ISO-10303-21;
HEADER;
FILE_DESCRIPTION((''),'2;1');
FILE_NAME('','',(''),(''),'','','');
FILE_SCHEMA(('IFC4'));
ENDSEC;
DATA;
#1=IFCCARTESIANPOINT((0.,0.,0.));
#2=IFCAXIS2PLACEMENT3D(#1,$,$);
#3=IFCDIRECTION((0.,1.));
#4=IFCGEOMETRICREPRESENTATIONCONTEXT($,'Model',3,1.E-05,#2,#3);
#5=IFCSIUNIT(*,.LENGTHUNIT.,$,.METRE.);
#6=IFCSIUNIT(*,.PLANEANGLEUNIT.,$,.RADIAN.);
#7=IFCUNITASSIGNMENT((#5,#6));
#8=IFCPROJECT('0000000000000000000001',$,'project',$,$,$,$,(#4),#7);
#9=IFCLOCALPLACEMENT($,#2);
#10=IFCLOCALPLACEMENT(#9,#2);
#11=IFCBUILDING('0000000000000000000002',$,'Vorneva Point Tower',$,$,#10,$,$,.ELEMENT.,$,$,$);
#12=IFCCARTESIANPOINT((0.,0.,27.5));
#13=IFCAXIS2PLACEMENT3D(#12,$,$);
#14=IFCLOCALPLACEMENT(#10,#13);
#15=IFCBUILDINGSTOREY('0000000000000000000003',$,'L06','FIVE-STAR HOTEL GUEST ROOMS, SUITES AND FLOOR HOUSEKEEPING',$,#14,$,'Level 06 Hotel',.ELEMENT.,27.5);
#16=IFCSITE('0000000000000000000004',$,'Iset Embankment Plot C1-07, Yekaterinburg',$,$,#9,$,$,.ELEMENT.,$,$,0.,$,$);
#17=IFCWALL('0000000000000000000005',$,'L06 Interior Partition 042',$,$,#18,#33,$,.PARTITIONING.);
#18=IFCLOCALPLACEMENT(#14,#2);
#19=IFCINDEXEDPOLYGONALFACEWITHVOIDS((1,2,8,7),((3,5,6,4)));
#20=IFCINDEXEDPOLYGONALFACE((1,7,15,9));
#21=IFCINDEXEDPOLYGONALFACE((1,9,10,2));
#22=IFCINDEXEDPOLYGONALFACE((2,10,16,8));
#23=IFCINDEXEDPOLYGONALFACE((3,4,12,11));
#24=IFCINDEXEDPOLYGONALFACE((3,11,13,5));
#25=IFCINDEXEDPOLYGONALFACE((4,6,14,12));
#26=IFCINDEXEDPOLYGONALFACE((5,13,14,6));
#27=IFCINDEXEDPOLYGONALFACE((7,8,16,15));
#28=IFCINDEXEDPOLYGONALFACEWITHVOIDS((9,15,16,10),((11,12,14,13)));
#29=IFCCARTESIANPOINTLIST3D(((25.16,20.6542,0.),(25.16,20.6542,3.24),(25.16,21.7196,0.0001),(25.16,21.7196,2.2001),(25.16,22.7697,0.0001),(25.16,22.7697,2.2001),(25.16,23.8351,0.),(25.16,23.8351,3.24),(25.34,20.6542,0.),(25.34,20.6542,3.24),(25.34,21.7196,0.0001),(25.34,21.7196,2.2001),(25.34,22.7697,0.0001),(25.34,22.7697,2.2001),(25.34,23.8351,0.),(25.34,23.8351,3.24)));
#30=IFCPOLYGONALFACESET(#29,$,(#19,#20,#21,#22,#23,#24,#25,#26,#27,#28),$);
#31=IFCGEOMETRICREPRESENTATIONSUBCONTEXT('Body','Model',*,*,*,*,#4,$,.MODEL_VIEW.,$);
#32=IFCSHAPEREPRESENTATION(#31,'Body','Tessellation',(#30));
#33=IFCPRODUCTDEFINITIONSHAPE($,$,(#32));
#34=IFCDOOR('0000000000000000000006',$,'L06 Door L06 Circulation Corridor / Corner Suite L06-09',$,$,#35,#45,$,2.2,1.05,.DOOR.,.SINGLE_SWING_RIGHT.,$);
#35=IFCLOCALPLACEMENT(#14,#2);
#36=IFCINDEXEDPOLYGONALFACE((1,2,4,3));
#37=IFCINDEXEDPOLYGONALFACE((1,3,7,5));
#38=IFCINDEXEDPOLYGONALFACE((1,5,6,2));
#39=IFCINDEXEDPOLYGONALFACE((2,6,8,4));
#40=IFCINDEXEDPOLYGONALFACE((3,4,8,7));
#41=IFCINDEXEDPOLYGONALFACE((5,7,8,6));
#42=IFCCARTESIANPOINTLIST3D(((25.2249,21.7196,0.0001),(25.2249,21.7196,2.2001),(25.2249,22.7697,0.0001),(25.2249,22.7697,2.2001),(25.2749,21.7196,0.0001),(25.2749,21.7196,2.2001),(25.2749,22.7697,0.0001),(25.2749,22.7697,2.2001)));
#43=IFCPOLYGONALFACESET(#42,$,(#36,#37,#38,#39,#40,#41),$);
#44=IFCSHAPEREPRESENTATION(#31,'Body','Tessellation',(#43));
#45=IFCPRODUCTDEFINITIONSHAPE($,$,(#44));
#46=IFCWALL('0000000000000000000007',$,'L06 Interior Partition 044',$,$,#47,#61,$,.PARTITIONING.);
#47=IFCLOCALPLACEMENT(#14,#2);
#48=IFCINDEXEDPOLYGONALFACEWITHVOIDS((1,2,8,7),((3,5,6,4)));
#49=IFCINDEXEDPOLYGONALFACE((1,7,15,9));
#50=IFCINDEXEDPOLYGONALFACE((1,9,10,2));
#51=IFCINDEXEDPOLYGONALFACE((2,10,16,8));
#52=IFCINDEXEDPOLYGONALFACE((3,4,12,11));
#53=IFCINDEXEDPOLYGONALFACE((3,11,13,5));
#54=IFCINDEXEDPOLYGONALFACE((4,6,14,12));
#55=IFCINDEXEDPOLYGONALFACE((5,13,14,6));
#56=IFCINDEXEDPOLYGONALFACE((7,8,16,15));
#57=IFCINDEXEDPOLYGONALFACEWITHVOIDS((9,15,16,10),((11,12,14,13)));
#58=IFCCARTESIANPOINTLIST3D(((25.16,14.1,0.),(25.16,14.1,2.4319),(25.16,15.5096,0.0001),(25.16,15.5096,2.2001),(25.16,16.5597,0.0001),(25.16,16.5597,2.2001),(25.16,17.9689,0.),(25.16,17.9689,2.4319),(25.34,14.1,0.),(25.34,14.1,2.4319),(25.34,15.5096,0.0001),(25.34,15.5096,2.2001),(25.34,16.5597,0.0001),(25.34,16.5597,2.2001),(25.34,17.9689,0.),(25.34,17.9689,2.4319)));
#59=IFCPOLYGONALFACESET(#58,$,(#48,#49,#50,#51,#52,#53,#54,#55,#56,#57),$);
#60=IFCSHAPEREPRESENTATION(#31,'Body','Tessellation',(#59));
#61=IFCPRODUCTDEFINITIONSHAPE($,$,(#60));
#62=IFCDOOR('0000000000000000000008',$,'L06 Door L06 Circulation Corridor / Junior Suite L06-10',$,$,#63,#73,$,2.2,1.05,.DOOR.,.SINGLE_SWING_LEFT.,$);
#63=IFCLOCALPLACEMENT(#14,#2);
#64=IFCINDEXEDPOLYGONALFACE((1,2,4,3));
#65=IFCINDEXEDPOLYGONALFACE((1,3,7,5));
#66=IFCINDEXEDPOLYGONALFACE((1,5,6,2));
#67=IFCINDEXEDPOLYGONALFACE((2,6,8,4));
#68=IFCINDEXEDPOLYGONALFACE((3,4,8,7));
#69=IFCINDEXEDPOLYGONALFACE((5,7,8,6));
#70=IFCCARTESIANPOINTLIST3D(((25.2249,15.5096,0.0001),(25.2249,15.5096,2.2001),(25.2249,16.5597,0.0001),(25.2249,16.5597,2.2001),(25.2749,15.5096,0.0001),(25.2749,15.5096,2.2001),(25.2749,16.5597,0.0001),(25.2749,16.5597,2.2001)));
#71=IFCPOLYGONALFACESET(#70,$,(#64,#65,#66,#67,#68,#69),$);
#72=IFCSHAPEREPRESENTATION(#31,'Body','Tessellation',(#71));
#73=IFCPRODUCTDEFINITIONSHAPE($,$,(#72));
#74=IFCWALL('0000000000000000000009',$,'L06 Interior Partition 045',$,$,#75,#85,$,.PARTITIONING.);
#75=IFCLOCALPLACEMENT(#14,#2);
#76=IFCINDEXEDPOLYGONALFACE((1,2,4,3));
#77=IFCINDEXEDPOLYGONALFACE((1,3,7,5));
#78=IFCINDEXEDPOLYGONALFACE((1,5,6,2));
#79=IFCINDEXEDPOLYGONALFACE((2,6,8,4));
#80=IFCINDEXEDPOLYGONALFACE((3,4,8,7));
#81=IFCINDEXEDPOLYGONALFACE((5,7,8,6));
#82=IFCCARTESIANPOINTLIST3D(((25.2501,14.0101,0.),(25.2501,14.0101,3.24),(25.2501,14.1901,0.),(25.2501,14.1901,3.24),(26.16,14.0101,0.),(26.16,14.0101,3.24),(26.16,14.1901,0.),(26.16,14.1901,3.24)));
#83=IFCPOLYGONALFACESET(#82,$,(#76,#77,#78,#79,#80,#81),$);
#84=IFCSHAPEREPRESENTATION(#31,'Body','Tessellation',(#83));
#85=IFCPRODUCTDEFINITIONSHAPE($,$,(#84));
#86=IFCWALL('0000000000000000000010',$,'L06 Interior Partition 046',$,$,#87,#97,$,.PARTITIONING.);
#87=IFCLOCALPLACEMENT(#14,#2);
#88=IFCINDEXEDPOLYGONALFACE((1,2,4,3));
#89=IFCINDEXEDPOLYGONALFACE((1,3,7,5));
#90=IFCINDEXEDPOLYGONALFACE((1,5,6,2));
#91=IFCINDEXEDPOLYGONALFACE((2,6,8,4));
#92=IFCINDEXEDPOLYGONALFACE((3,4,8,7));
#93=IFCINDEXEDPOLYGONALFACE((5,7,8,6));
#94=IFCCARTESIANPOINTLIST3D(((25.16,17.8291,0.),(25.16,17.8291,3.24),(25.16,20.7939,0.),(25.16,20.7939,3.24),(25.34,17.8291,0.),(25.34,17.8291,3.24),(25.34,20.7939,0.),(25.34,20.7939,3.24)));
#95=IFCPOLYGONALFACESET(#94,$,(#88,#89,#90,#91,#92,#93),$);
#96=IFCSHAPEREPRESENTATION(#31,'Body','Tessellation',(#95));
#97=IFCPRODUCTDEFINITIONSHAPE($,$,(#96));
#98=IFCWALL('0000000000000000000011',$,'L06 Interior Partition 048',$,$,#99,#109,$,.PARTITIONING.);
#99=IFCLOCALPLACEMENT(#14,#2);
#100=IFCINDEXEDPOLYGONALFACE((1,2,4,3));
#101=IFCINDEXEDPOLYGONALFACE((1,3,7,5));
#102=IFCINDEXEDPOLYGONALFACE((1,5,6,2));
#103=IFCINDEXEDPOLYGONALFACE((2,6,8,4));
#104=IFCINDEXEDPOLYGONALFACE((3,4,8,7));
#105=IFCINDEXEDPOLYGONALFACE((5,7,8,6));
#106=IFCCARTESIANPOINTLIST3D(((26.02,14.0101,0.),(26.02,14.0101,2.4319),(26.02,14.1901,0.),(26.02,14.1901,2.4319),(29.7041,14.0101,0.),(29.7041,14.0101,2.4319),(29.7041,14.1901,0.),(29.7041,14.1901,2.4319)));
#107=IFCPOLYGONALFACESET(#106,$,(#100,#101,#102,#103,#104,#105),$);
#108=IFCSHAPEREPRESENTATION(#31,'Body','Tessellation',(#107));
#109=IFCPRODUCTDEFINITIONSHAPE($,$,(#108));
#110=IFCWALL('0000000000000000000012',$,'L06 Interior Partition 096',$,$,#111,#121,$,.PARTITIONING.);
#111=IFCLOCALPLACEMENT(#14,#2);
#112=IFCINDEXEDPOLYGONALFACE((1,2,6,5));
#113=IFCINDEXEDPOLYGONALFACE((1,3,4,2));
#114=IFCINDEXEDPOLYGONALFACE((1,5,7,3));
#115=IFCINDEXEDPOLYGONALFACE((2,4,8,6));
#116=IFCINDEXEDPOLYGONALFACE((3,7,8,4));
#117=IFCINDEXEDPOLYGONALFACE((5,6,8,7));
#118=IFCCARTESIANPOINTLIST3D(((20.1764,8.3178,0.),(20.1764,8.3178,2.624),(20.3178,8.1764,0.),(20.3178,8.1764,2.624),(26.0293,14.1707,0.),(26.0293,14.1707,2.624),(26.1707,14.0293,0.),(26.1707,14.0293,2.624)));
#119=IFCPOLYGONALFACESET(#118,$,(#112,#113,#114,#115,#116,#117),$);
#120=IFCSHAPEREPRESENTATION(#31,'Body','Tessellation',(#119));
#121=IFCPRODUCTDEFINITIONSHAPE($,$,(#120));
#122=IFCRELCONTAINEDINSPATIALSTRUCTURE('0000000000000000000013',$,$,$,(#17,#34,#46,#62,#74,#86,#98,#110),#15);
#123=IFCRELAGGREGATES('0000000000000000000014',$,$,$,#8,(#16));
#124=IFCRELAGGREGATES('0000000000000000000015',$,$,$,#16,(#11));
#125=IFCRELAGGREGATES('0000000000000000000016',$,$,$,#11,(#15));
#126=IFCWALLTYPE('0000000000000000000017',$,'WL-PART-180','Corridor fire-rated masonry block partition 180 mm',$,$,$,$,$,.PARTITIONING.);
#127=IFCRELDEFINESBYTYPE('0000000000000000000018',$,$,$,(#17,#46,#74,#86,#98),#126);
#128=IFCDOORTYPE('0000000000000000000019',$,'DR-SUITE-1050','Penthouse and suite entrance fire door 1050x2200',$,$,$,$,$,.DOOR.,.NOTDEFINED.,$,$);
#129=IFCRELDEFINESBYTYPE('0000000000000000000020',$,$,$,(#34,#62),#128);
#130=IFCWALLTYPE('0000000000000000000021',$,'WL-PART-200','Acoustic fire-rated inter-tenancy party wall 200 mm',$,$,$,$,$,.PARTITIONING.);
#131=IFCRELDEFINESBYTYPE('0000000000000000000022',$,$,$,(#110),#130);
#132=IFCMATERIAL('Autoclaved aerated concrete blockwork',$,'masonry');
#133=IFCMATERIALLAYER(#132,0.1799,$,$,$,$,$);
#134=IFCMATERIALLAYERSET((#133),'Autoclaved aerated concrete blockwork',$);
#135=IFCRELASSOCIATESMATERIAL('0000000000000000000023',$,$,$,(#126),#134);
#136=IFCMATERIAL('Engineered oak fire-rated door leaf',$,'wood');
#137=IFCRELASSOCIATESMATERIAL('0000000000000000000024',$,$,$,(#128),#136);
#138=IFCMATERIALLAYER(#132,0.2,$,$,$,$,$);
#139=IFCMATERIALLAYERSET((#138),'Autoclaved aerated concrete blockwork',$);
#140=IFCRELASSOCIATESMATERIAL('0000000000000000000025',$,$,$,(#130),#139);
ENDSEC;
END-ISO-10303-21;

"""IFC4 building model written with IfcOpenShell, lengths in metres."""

from ifc_helpers import new_model, si_unit, direction, frame, frame_2d, origin, place, context, subcontext, project, spatial, rectangle, extrude, material, layer, layer_set, type_object, element, fill, save


model = new_model("IFC4")

# Units and contexts
model_context = context("Model", 3, precision=1e-05, world=origin(), true_north=direction((0.0, 1.0)))
body_context = subcontext(model_context, "Body", "Model", "MODEL_VIEW")
ifc_project = project(units=[si_unit("LENGTHUNIT", "METRE"), si_unit("PLANEANGLEUNIT", "RADIAN")], contexts=[model_context])

# Site, building, storey
site_placement = place(None, origin())
site = spatial("IfcSite", under=ifc_project, at=site_placement, Name="Iset Embankment Plot C1-07, Yekaterinburg", CompositionType="ELEMENT", RefElevation=0.0)
building_placement = place(site_placement, origin())
building = spatial("IfcBuilding", under=site, at=building_placement, Name="Vorneva Point Tower", CompositionType="ELEMENT")
storey_placement = place(building_placement, frame((0.0, 0.0, 27.5)))
storey = spatial("IfcBuildingStorey", under=building, at=storey_placement, Name="L06", Description="FIVE-STAR HOTEL GUEST ROOMS, SUITES AND FLOOR HOUSEKEEPING", LongName="Level 06 Hotel", CompositionType="ELEMENT", Elevation=27.5)

# Shared definitions
ifc_material_1 = material(Name="Engineered oak fire-rated door leaf", Category="wood")

# Walls, openings, doors
ifc_material_2 = material(Name="Autoclaved aerated concrete blockwork", Category="masonry")
ifc_layer_1 = layer(ifc_material_2, 0.1799)
ifc_layer_set_1 = layer_set([ifc_layer_1], Name="Autoclaved aerated concrete blockwork")
wall_type_1 = type_object("IfcWallType", Name="WL-PART-180", Description="Corridor fire-rated masonry block partition 180 mm", PredefinedType="PARTITIONING", material=ifc_layer_set_1)
wall_1_placement = place(storey_placement, frame((25.25, 23.835, 0.0), z_axis=(0.0, 0.0, 1.0), x_axis=(0.0, -1.0, 0.0)))
wall_1 = element("IfcWall", 1, at=wall_1_placement, inside=storey, type_object=wall_type_1, Name="L06 Interior Partition 042", PredefinedType="PARTITIONING", context=body_context, shape_type="SweptSolid", body=[
    extrude(rectangle(XDim=3.1809, YDim=0.1799, at=frame_2d((1.5903, 0.0))), origin(), (0.0, 0.0, 1.0), 3.24),
])
opening_1_placement = place(wall_1_placement, frame((1.0654, 0.0, 0.0)))
opening_1 = element("IfcOpeningElement", 2, at=opening_1_placement, cuts=wall_1, PredefinedType="OPENING", context=body_context, shape_type="SweptSolid", body=[
    extrude(rectangle(XDim=1.05, YDim=2.2, at=frame_2d((0.5249, 1.1001))), frame((0.0, 0.105, 0.0), z_axis=(0.0, -1.0, 0.0), x_axis=(1.0, 0.0, 0.0)), (0.0, 0.0, 1.0), 0.2097),
])
door_type_1 = type_object("IfcDoorType", Name="DR-SUITE-1050", Description="Penthouse and suite entrance fire door 1050x2200", OperationType="NOTDEFINED", PredefinedType="DOOR", material=ifc_material_1)
door_1_placement = place(opening_1_placement, origin())
door_1 = element("IfcDoor", 3, at=door_1_placement, inside=storey, type_object=door_type_1, Name="L06 Door L06 Circulation Corridor / Corner Suite L06-09", OperationType="SINGLE_SWING_RIGHT", OverallHeight=2.2, OverallWidth=1.05, PredefinedType="DOOR", context=body_context, shape_type="SweptSolid", body=[
    extrude(rectangle(XDim=1.05, YDim=2.2, at=frame_2d((0.5249, 1.1001))), frame((0.0, 0.0249, 0.0), z_axis=(0.0, -1.0, 0.0), x_axis=(1.0, 0.0, 0.0)), (0.0, 0.0, 1.0), 0.05),
])
fill(opening_1, door_1)
wall_2_placement = place(storey_placement, frame((25.25, 17.969, 0.0), z_axis=(0.0, 0.0, 1.0), x_axis=(0.0, -1.0, 0.0)))
wall_2 = element("IfcWall", 4, at=wall_2_placement, inside=storey, type_object=wall_type_1, Name="L06 Interior Partition 044", PredefinedType="PARTITIONING", context=body_context, shape_type="SweptSolid", body=[
    extrude(rectangle(XDim=3.8689, YDim=0.1799, at=frame_2d((1.9346, 0.0))), origin(), (0.0, 0.0, 1.0), 2.4319),
])
opening_2_placement = place(wall_2_placement, frame((1.4094, 0.0, 0.0)))
opening_2 = element("IfcOpeningElement", 5, at=opening_2_placement, cuts=wall_2, PredefinedType="OPENING", context=body_context, shape_type="SweptSolid", body=[
    extrude(rectangle(XDim=1.05, YDim=2.2, at=frame_2d((0.5249, 1.1001))), frame((0.0, 0.105, 0.0), z_axis=(0.0, -1.0, 0.0), x_axis=(1.0, 0.0, 0.0)), (0.0, 0.0, 1.0), 0.2097),
])
door_2_placement = place(opening_2_placement, origin())
door_2 = element("IfcDoor", 6, at=door_2_placement, inside=storey, type_object=door_type_1, Name="L06 Door L06 Circulation Corridor / Junior Suite L06-10", OperationType="SINGLE_SWING_LEFT", OverallHeight=2.2, OverallWidth=1.05, PredefinedType="DOOR", context=body_context, shape_type="SweptSolid", body=[
    extrude(rectangle(XDim=1.05, YDim=2.2, at=frame_2d((0.5249, 1.1001))), frame((0.0, 0.0249, 0.0), z_axis=(0.0, -1.0, 0.0), x_axis=(1.0, 0.0, 0.0)), (0.0, 0.0, 1.0), 0.05),
])
fill(opening_2, door_2)

# Walls
wall_3_placement = place(storey_placement, frame((25.25, 14.1001, 0.0), z_axis=(0.0, 0.0, 1.0), x_axis=(1.0, 0.0, 0.0)))
element("IfcWall", 7, at=wall_3_placement, inside=storey, type_object=wall_type_1, Name="L06 Interior Partition 045", PredefinedType="PARTITIONING", context=body_context, shape_type="SweptSolid", body=[
    extrude(rectangle(XDim=0.9099, YDim=0.1799, at=frame_2d((0.4551, 0.0))), origin(), (0.0, 0.0, 1.0), 3.24),
])
wall_4_placement = place(storey_placement, frame((25.25, 20.7939, 0.0), z_axis=(0.0, 0.0, 1.0), x_axis=(0.0, -1.0, 0.0)))
element("IfcWall", 8, at=wall_4_placement, inside=storey, type_object=wall_type_1, Name="L06 Interior Partition 046", PredefinedType="PARTITIONING", context=body_context, shape_type="SweptSolid", body=[
    extrude(rectangle(XDim=2.9648, YDim=0.1799, at=frame_2d((1.4824, 0.0))), origin(), (0.0, 0.0, 1.0), 3.24),
])
wall_5_placement = place(storey_placement, frame((26.02, 14.1001, 0.0), z_axis=(0.0, 0.0, 1.0), x_axis=(1.0, 0.0, 0.0)))
element("IfcWall", 9, at=wall_5_placement, inside=storey, type_object=wall_type_1, Name="L06 Interior Partition 048", PredefinedType="PARTITIONING", context=body_context, shape_type="SweptSolid", body=[
    extrude(rectangle(XDim=3.6841, YDim=0.1799, at=frame_2d((1.842, 0.0))), origin(), (0.0, 0.0, 1.0), 2.4319),
])
ifc_layer_2 = layer(ifc_material_2, 0.2)
ifc_layer_set_2 = layer_set([ifc_layer_2], Name="Autoclaved aerated concrete blockwork")
wall_type_2 = type_object("IfcWallType", Name="WL-PART-200", Description="Acoustic fire-rated inter-tenancy party wall 200 mm", PredefinedType="PARTITIONING", material=ifc_layer_set_2)
wall_6_placement = place(storey_placement, frame((20.2471, 8.2471, 0.0), z_axis=(0.0, 0.0, 1.0), x_axis=(0.707107, 0.707107, 0.0)))
element("IfcWall", 10, at=wall_6_placement, inside=storey, type_object=wall_type_2, Name="L06 Interior Partition 096", PredefinedType="PARTITIONING", context=body_context, shape_type="SweptSolid", body=[
    extrude(rectangle(XDim=8.2773, YDim=0.2, at=frame_2d((4.1387, 0.0))), origin(), (0.0, 0.0, 1.0), 2.624),
])

save(model, "model.ifc")
